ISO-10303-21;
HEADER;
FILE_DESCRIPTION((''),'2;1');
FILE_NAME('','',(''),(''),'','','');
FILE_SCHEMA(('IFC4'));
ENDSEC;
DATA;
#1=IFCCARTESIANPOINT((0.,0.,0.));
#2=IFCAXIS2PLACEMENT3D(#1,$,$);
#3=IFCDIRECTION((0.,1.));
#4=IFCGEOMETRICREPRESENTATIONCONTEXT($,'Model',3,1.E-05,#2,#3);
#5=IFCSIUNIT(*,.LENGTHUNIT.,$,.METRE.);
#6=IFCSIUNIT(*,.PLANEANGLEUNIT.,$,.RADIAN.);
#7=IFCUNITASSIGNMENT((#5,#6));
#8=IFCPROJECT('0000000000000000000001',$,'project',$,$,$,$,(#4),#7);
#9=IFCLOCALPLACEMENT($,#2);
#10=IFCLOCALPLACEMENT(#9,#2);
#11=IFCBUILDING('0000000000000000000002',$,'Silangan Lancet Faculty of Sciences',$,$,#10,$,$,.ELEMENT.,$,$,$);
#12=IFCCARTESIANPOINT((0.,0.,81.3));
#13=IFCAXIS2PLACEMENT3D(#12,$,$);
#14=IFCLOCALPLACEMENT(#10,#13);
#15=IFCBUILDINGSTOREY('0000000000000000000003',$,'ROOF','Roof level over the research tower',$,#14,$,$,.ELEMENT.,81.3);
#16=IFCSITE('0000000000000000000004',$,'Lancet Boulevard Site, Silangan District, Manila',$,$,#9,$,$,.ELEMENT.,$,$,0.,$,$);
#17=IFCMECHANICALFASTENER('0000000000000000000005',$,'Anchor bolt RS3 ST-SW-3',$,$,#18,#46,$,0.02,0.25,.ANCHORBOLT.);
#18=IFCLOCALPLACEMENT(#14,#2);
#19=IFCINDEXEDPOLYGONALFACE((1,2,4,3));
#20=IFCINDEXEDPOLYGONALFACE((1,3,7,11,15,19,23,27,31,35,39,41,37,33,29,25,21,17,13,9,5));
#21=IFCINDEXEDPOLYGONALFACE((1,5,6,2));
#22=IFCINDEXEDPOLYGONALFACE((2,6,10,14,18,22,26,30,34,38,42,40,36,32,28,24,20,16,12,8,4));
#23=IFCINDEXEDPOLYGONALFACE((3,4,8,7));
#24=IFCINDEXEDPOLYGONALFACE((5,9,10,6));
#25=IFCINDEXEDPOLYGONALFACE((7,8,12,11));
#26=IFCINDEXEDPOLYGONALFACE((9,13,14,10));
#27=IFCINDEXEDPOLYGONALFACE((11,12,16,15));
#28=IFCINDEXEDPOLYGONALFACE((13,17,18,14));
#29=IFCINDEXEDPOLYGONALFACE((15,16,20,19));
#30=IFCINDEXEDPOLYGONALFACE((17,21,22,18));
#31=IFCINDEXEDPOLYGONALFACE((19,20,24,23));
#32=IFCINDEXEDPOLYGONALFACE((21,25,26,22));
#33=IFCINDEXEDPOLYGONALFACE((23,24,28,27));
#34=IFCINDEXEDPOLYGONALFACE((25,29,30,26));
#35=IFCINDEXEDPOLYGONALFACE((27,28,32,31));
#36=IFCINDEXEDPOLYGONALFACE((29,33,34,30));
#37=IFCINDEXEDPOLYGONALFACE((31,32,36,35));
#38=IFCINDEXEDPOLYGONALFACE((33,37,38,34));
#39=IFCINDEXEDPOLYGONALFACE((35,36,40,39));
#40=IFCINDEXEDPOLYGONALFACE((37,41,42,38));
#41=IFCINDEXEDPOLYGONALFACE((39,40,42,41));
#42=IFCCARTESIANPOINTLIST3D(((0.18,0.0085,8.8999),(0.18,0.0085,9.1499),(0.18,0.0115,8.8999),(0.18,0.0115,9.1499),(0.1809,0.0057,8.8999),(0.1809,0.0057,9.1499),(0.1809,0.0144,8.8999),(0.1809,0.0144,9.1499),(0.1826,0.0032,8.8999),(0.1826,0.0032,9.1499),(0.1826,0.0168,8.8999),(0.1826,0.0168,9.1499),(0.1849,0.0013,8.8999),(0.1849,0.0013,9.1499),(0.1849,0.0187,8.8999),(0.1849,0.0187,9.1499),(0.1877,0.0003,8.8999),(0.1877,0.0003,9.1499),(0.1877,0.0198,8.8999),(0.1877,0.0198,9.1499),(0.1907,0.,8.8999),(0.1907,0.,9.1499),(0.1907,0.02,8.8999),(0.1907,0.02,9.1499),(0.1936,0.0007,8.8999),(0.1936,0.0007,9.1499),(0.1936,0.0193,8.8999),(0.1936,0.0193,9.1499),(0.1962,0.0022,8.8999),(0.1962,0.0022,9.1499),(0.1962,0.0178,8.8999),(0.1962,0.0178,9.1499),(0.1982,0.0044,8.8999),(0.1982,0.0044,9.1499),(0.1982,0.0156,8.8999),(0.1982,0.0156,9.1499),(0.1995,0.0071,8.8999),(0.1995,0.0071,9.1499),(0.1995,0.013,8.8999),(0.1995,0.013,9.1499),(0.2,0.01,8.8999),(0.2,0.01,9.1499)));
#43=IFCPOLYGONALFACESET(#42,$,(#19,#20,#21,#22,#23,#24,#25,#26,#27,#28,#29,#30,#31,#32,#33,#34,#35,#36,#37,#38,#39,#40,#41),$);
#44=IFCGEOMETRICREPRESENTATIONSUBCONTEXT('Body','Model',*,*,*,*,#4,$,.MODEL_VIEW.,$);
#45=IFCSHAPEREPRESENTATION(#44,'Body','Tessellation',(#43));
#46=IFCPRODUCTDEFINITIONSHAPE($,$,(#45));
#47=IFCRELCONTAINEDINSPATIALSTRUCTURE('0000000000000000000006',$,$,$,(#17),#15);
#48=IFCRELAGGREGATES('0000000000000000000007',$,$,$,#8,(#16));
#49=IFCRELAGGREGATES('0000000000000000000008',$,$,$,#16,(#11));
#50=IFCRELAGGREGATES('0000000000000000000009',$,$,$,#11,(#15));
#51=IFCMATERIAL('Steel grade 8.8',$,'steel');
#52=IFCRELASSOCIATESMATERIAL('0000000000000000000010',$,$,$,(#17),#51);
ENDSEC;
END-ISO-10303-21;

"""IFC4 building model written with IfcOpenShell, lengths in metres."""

from ifc_helpers import new_model, si_unit, direction, frame, origin, origin_2d, place, context, subcontext, project, spatial, circle, extrude, material, element, save


model = new_model("IFC4")

# Units and contexts
model_context = context("Model", 3, precision=1e-05, world=origin(), true_north=direction((0.0, 1.0)))
body_context = subcontext(model_context, "Body", "Model", "MODEL_VIEW")
ifc_project = project(units=[si_unit("LENGTHUNIT", "METRE"), si_unit("PLANEANGLEUNIT", "RADIAN")], contexts=[model_context])

# Site, building, storey
site_placement = place(None, origin())
site = spatial("IfcSite", under=ifc_project, at=site_placement, Name="Lancet Boulevard Site, Silangan District, Manila", CompositionType="ELEMENT", RefElevation=0.0)
building_placement = place(site_placement, origin())
building = spatial("IfcBuilding", under=site, at=building_placement, Name="Silangan Lancet Faculty of Sciences", CompositionType="ELEMENT")
storey_placement = place(building_placement, frame((0.0, 0.0, 81.3)))
storey = spatial("IfcBuildingStorey", under=building, at=storey_placement, Name="ROOF", Description="Roof level over the research tower", CompositionType="ELEMENT", Elevation=81.3)

# Mechanical fastener
ifc_material_1 = material(Name="Steel grade 8.8", Category="steel")
for number, where, z_axis, x_axis, name in (
    (1, (0.1899, 0.01, 8.8999), (0.0, 0.0, 1.0), (1.0, 0.0, 0.0), "Anchor bolt RS3 ST-SW-3"),
):
    element("IfcMechanicalFastener", number, at=place(storey_placement, frame(where, z_axis=z_axis, x_axis=x_axis)), inside=storey, material=ifc_material_1, Name=name, NominalDiameter=0.02, NominalLength=0.25, PredefinedType="ANCHORBOLT", context=body_context, shape_type="SweptSolid", body=[
        extrude(circle(Radius=0.01, at=origin_2d()), origin(), (0.0, 0.0, 1.0), 0.25),
    ])

save(model, "model.ifc")
